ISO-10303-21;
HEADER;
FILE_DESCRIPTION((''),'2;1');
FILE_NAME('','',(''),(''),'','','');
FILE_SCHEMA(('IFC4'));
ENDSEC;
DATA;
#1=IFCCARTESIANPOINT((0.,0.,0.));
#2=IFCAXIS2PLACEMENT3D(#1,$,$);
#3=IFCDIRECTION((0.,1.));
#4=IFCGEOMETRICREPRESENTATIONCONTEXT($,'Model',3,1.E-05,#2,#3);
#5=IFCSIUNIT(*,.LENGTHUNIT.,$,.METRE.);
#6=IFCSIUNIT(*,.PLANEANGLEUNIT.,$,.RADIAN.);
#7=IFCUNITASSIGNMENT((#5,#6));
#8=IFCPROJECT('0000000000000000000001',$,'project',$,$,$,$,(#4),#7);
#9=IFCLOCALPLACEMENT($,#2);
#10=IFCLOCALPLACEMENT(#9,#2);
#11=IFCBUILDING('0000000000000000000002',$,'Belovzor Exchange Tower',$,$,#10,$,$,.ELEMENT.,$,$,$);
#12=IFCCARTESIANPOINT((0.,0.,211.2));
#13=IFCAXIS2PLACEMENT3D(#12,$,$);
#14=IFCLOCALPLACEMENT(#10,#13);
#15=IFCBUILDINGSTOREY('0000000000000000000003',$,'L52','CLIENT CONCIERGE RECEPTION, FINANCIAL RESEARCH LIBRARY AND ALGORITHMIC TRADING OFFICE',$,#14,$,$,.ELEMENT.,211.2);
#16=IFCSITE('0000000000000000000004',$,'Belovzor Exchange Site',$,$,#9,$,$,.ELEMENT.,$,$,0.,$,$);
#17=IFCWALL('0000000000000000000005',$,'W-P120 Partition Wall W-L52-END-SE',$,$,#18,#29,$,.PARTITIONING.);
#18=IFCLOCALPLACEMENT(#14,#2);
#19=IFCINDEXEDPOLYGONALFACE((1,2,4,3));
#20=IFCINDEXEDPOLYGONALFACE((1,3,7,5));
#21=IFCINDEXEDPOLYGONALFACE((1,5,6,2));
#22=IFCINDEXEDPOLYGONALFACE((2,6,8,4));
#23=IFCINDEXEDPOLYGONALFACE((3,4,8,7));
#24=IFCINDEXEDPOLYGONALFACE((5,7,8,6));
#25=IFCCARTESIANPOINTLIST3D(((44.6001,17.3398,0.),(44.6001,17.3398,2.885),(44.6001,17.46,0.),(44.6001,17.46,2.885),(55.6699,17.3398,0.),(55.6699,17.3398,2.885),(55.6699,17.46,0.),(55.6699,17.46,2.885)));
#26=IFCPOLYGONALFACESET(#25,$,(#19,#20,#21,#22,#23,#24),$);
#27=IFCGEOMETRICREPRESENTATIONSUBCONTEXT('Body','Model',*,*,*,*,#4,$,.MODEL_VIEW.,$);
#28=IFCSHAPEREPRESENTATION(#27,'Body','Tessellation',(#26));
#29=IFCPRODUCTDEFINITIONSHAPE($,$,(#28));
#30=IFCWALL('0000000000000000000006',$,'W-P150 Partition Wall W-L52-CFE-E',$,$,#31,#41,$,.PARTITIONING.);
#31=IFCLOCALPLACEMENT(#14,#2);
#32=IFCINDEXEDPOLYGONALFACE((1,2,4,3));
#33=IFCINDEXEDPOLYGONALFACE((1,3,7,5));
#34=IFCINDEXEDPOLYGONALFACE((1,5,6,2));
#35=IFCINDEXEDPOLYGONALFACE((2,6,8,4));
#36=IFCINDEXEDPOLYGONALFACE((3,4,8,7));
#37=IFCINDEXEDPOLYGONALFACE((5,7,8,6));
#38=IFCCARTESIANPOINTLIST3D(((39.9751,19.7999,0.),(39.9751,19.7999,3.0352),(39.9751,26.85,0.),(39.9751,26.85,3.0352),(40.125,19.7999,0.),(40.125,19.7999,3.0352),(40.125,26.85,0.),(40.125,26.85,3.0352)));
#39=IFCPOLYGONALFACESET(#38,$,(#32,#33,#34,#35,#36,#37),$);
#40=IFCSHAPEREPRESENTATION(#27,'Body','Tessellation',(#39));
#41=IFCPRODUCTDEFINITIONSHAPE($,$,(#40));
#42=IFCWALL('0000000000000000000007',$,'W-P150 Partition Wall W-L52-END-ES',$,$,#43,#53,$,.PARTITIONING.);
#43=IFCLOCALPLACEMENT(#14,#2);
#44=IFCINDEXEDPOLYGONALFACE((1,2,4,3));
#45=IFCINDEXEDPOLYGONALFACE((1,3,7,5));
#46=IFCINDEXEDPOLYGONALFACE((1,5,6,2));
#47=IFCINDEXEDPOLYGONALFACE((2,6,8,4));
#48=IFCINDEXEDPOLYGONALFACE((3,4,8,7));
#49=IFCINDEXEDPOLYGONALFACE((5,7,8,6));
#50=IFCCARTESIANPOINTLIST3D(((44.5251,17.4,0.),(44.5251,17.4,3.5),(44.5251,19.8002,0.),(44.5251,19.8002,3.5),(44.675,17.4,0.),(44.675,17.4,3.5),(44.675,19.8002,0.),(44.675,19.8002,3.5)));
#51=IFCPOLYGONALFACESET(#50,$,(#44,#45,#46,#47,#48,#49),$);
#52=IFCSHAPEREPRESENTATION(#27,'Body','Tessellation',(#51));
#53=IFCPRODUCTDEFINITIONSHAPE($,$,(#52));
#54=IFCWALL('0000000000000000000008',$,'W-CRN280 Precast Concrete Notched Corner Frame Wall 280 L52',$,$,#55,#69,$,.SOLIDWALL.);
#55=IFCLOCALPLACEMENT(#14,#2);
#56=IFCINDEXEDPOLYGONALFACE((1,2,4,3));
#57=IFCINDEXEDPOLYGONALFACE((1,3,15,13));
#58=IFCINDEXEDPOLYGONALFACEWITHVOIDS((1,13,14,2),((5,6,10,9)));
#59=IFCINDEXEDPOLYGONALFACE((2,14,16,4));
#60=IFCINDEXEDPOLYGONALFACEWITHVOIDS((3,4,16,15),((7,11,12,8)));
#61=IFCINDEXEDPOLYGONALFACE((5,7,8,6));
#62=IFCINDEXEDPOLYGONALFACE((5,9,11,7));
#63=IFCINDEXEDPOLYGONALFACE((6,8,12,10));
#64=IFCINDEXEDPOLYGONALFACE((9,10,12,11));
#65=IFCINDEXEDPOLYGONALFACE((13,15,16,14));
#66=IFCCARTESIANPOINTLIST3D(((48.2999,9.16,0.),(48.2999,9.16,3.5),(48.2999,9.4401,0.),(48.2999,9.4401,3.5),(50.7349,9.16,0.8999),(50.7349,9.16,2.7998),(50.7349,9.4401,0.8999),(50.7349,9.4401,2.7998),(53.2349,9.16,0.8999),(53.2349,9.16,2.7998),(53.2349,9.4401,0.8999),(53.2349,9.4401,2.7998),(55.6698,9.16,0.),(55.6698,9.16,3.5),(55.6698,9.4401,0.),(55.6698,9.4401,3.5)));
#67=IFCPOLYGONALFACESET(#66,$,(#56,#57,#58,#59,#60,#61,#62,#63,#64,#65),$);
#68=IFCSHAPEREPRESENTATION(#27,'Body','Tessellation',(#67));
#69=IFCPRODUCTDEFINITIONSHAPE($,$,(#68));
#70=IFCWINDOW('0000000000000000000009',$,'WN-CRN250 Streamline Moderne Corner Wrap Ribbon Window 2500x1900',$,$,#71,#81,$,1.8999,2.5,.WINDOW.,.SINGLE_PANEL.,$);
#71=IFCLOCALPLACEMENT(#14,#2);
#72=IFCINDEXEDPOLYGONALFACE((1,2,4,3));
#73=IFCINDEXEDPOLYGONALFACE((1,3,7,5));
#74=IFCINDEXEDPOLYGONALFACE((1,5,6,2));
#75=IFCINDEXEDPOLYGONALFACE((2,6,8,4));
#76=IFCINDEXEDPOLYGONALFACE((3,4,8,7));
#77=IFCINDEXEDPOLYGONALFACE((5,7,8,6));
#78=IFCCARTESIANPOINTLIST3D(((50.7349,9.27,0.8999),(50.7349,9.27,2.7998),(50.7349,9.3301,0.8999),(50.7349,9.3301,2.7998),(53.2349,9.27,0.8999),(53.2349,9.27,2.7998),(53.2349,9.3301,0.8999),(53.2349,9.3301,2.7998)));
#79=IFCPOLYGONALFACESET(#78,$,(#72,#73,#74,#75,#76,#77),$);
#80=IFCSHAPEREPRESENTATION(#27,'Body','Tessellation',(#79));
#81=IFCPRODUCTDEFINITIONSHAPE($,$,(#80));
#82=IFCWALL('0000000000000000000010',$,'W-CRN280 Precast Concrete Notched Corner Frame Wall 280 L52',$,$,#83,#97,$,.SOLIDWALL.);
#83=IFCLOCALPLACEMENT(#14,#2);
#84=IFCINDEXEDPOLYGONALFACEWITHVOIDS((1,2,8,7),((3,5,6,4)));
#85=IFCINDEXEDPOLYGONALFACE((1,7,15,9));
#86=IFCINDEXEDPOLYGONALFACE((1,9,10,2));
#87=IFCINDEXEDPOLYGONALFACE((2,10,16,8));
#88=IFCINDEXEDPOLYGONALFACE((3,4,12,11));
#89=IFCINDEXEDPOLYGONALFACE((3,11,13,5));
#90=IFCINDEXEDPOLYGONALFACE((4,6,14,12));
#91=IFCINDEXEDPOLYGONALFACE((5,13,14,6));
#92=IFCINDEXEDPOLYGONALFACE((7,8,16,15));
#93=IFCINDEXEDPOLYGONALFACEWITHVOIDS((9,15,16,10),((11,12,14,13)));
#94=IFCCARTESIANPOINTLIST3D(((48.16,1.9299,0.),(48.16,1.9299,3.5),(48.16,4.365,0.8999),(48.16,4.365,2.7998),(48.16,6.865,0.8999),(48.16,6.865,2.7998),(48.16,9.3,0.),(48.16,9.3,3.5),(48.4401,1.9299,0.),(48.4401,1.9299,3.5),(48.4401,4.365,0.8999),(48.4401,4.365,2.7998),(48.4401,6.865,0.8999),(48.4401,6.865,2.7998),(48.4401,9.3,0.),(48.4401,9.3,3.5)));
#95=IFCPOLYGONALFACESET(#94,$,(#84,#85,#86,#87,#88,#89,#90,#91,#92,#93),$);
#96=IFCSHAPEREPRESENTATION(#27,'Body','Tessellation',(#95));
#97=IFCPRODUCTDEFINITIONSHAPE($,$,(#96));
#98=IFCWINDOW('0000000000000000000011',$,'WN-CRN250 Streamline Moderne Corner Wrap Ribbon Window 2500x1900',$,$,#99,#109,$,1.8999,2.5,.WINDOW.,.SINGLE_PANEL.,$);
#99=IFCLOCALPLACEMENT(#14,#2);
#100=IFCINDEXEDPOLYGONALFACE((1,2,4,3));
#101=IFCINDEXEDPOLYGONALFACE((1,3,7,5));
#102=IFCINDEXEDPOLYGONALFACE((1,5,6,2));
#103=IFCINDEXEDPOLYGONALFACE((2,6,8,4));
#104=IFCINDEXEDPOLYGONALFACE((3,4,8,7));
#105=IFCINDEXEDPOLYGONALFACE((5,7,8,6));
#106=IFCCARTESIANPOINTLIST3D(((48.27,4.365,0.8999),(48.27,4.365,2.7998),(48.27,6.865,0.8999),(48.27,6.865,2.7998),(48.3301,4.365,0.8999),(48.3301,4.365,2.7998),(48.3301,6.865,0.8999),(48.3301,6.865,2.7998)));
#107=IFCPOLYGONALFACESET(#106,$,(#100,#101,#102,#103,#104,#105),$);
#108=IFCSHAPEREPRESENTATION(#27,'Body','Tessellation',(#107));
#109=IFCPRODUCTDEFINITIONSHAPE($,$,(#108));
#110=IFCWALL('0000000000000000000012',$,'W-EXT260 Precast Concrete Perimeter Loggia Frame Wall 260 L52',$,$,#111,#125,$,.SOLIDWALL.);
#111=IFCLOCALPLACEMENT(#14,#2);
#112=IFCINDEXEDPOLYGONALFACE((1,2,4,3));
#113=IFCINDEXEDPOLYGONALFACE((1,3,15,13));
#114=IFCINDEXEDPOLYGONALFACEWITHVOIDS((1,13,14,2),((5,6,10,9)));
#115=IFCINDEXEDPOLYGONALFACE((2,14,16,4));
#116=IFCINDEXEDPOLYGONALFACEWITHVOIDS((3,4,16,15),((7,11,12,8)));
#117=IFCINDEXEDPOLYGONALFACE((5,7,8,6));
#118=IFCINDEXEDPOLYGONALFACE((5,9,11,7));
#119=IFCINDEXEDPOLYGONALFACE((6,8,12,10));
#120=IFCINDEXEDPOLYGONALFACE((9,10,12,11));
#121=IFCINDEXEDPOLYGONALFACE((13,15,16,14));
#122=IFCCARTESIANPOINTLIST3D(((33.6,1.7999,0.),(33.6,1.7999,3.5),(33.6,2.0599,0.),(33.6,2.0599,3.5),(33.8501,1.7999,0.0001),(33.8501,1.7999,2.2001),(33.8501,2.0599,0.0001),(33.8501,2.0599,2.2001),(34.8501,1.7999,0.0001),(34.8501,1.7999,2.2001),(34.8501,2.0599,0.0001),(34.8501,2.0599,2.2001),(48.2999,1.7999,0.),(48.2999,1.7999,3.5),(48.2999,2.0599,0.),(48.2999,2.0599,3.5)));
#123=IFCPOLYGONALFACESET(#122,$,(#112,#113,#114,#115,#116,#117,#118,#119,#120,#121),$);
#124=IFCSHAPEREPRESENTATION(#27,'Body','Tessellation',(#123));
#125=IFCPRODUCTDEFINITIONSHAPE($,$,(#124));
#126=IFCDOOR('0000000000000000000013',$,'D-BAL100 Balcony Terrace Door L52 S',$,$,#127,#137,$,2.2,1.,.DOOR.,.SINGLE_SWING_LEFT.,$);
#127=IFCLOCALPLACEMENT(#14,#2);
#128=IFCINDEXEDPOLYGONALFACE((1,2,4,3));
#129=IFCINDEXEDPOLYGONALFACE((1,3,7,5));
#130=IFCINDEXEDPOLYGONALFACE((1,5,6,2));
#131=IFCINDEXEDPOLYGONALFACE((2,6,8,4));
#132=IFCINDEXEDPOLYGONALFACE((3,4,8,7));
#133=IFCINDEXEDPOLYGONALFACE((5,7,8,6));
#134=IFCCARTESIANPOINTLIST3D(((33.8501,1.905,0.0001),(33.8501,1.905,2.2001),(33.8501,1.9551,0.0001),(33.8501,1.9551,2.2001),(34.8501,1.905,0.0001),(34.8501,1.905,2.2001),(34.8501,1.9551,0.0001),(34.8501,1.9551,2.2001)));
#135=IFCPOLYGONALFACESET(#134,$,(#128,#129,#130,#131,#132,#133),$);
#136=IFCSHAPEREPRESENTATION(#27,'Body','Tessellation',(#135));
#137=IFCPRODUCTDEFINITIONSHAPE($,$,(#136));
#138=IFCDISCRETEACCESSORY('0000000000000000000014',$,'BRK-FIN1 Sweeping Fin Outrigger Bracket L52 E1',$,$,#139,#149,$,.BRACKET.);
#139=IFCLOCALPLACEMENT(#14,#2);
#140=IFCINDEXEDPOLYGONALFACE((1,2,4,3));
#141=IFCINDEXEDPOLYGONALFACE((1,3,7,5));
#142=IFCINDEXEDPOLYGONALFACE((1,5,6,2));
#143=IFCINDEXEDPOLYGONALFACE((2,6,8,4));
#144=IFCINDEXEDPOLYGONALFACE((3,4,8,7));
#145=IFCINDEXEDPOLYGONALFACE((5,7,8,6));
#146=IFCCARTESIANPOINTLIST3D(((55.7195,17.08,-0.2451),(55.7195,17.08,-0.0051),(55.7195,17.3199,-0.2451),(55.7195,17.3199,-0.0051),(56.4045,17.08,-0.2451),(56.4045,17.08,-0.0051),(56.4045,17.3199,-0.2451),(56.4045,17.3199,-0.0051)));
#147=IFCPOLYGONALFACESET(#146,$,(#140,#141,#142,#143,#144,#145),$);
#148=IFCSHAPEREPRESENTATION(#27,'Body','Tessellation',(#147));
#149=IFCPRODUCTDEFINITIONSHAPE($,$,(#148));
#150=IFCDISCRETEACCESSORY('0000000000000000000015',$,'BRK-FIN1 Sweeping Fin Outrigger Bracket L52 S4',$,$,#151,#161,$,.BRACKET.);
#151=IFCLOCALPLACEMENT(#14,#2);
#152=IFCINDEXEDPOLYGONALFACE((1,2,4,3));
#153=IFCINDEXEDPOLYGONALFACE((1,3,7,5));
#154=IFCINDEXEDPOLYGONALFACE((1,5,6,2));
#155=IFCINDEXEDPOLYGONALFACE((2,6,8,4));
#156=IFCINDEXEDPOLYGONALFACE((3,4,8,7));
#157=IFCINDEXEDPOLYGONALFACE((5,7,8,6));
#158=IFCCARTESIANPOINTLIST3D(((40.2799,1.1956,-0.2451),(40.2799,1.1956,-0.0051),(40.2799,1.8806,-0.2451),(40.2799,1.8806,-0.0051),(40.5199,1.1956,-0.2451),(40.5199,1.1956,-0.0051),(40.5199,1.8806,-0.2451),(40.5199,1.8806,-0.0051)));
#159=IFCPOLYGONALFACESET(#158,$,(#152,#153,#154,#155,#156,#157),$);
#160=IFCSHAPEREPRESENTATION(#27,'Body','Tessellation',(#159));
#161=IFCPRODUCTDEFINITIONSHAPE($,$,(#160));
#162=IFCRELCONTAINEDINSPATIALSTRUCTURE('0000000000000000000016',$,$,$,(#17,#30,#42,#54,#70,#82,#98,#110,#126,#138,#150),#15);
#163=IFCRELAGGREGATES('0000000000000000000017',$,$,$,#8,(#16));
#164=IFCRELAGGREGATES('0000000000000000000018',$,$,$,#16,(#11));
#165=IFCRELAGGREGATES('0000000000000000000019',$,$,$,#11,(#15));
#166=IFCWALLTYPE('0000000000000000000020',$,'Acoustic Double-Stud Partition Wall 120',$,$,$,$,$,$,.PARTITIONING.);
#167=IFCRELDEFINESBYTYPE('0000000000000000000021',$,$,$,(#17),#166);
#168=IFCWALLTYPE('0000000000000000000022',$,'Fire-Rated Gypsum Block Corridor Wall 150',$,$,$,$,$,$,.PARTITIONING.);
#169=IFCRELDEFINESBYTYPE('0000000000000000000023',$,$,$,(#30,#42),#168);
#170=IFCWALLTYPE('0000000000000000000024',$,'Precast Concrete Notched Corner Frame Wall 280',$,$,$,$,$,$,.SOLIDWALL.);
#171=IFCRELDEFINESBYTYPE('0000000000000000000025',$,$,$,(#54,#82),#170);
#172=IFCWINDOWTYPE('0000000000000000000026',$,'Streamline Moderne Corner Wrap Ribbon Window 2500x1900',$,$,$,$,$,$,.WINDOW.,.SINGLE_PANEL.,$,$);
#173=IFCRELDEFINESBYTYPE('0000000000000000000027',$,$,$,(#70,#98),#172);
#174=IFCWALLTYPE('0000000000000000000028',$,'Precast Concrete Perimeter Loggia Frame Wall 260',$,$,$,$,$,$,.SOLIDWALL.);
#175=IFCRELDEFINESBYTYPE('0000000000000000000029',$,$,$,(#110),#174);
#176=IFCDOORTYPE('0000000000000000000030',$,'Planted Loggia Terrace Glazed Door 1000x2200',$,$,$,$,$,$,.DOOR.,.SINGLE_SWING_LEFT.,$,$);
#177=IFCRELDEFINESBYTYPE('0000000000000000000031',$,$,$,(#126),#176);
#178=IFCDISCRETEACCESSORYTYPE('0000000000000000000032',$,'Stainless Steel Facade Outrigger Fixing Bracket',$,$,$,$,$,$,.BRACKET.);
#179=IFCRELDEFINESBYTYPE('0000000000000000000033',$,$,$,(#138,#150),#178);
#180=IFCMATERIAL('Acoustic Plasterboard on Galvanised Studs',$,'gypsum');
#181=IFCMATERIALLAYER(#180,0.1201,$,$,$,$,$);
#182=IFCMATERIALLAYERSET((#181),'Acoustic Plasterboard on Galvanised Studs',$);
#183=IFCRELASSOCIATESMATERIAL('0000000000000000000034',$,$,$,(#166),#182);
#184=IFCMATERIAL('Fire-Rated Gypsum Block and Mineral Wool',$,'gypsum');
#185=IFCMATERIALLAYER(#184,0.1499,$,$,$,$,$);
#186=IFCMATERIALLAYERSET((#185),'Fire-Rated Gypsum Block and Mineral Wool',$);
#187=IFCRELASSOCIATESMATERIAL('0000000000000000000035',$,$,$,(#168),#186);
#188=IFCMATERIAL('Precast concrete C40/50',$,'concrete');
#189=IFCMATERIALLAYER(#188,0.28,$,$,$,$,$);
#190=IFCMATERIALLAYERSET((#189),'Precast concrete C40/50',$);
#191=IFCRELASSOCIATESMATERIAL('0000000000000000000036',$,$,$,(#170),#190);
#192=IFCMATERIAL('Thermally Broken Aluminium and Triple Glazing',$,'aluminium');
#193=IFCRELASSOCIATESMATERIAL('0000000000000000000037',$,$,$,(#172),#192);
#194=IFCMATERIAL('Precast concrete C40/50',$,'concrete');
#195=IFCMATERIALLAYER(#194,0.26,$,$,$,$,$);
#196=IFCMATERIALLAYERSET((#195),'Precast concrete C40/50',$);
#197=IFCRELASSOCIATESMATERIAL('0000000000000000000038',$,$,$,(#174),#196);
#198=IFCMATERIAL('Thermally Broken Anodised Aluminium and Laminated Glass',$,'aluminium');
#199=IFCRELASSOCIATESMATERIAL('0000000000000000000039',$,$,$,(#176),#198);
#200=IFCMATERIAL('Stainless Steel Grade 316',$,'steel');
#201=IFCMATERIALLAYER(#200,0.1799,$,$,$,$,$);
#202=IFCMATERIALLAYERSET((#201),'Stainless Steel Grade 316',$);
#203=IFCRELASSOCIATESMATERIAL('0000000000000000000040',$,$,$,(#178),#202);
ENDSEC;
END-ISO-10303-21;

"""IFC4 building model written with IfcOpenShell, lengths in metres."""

from ifc_helpers import new_model, si_unit, direction, frame, frame_2d, origin, origin_2d, place, context, subcontext, project, spatial, rectangle, extrude, material, layer, layer_set, type_object, element, fill, save


model = new_model("IFC4")

# Units and contexts
model_context = context("Model", 3, precision=1e-05, world=origin(), true_north=direction((0.0, 1.0)))
body_context = subcontext(model_context, "Body", "Model", "MODEL_VIEW")
ifc_project = project(units=[si_unit("LENGTHUNIT", "METRE"), si_unit("PLANEANGLEUNIT", "RADIAN")], contexts=[model_context])

# Site, building, storey
site_placement = place(None, origin())
site = spatial("IfcSite", under=ifc_project, at=site_placement, Name="Belovzor Exchange Site", CompositionType="ELEMENT", RefElevation=0.0)
building_placement = place(site_placement, origin())
building = spatial("IfcBuilding", under=site, at=building_placement, Name="Belovzor Exchange Tower", CompositionType="ELEMENT")
storey_placement = place(building_placement, frame((0.0, 0.0, 211.2)))
storey = spatial("IfcBuildingStorey", under=building, at=storey_placement, Name="L52", Description="CLIENT CONCIERGE RECEPTION, FINANCIAL RESEARCH LIBRARY AND ALGORITHMIC TRADING OFFICE", CompositionType="ELEMENT", Elevation=211.2)

# Walls
ifc_material_1 = material(Name="Acoustic Plasterboard on Galvanised Studs", Category="gypsum")
ifc_layer_1 = layer(ifc_material_1, 0.1201)
ifc_layer_set_1 = layer_set([ifc_layer_1], Name="Acoustic Plasterboard on Galvanised Studs")
wall_type_1 = type_object("IfcWallType", Name="Acoustic Double-Stud Partition Wall 120", PredefinedType="PARTITIONING", material=ifc_layer_set_1)
wall_1_placement = place(storey_placement, frame((44.6001, 17.3999, 0.0), z_axis=(0.0, 0.0, 1.0), x_axis=(1.0, 0.0, 0.0)))
element("IfcWall", 1, at=wall_1_placement, inside=storey, type_object=wall_type_1, Name="W-P120 Partition Wall W-L52-END-SE", PredefinedType="PARTITIONING", context=body_context, shape_type="SweptSolid", body=[
    extrude(rectangle(XDim=11.0698, YDim=0.1201, at=frame_2d((5.5349, 0.0))), origin(), (0.0, 0.0, 1.0), 2.885),
])
ifc_material_2 = material(Name="Fire-Rated Gypsum Block and Mineral Wool", Category="gypsum")
ifc_layer_2 = layer(ifc_material_2, 0.1499)
ifc_layer_set_2 = layer_set([ifc_layer_2], Name="Fire-Rated Gypsum Block and Mineral Wool")
wall_type_2 = type_object("IfcWallType", Name="Fire-Rated Gypsum Block Corridor Wall 150", PredefinedType="PARTITIONING", material=ifc_layer_set_2)
wall_2_placement = place(storey_placement, frame((40.05, 19.8, 0.0), z_axis=(0.0, 0.0, 1.0), x_axis=(0.0, 1.0, 0.0)))
element("IfcWall", 2, at=wall_2_placement, inside=storey, type_object=wall_type_2, Name="W-P150 Partition Wall W-L52-CFE-E", PredefinedType="PARTITIONING", context=body_context, shape_type="SweptSolid", body=[
    extrude(rectangle(XDim=7.05, YDim=0.1499, at=frame_2d((3.5249, 0.0))), origin(), (0.0, 0.0, 1.0), 3.0352),
])
wall_3_placement = place(storey_placement, frame((44.6001, 17.3999, 0.0), z_axis=(0.0, 0.0, 1.0), x_axis=(0.0, 1.0, 0.0)))
element("IfcWall", 3, at=wall_3_placement, inside=storey, type_object=wall_type_2, Name="W-P150 Partition Wall W-L52-END-ES", PredefinedType="PARTITIONING", context=body_context, shape_type="SweptSolid", body=[
    extrude(rectangle(XDim=2.4001, YDim=0.1499, at=frame_2d((1.2002, 0.0))), origin(), (0.0, 0.0, 1.0), 3.5),
])

# Walls, openings, windows
ifc_material_3 = material(Name="Precast concrete C40/50", Category="concrete")
ifc_layer_3 = layer(ifc_material_3, 0.28)
ifc_layer_set_3 = layer_set([ifc_layer_3], Name="Precast concrete C40/50")
wall_type_3 = type_object("IfcWallType", Name="Precast Concrete Notched Corner Frame Wall 280", PredefinedType="SOLIDWALL", material=ifc_layer_set_3)
wall_4_placement = place(storey_placement, frame((55.6699, 9.3, 0.0), z_axis=(0.0, 0.0, 1.0), x_axis=(-1.0, 0.0, 0.0)))
wall_4 = element("IfcWall", 4, at=wall_4_placement, inside=storey, type_object=wall_type_3, Name="W-CRN280 Precast Concrete Notched Corner Frame Wall 280 L52", PredefinedType="SOLIDWALL", context=body_context, shape_type="SweptSolid", body=[
    extrude(rectangle(XDim=7.3699, YDim=0.28, at=frame_2d((3.6851, 0.0))), origin(), (0.0, 0.0, 1.0), 3.5),
])
opening_1_placement = place(wall_4_placement, frame((2.4351, 0.0, 0.8999)))
opening_1 = element("IfcOpeningElement", 5, at=opening_1_placement, cuts=wall_4, PredefinedType="OPENING", context=body_context, shape_type="SweptSolid", body=[
    extrude(rectangle(XDim=2.5, YDim=1.8999, at=frame_2d((1.25, 0.95))), frame((0.0, 0.1499, 0.0), z_axis=(0.0, -1.0, 0.0), x_axis=(1.0, 0.0, 0.0)), (0.0, 0.0, 1.0), 0.3),
])
ifc_material_4 = material(Name="Thermally Broken Aluminium and Triple Glazing", Category="aluminium")
window_type = type_object("IfcWindowType", Name="Streamline Moderne Corner Wrap Ribbon Window 2500x1900", PartitioningType="SINGLE_PANEL", PredefinedType="WINDOW", material=ifc_material_4)
window_1_placement = place(opening_1_placement, origin())
window_1 = element("IfcWindow", 6, at=window_1_placement, inside=storey, type_object=window_type, Name="WN-CRN250 Streamline Moderne Corner Wrap Ribbon Window 2500x1900", OverallHeight=1.8999, OverallWidth=2.5, PartitioningType="SINGLE_PANEL", PredefinedType="WINDOW", context=body_context, shape_type="SweptSolid", body=[
    extrude(rectangle(XDim=2.5, YDim=1.8999, at=frame_2d((1.25, 0.95))), frame((0.0, 0.03, 0.0), z_axis=(0.0, -1.0, 0.0), x_axis=(1.0, 0.0, 0.0)), (0.0, 0.0, 1.0), 0.0601),
])
fill(opening_1, window_1)
wall_5_placement = place(storey_placement, frame((48.3, 9.3, 0.0), z_axis=(0.0, 0.0, 1.0), x_axis=(0.0, -1.0, 0.0)))
wall_5 = element("IfcWall", 7, at=wall_5_placement, inside=storey, type_object=wall_type_3, Name="W-CRN280 Precast Concrete Notched Corner Frame Wall 280 L52", PredefinedType="SOLIDWALL", context=body_context, shape_type="SweptSolid", body=[
    extrude(rectangle(XDim=7.3701, YDim=0.28, at=frame_2d((3.6851, 0.0))), origin(), (0.0, 0.0, 1.0), 3.5),
])
opening_2_placement = place(wall_5_placement, frame((2.4351, 0.0, 0.8999)))
opening_2 = element("IfcOpeningElement", 8, at=opening_2_placement, cuts=wall_5, PredefinedType="OPENING", context=body_context, shape_type="SweptSolid", body=[
    extrude(rectangle(XDim=2.5, YDim=1.8999, at=frame_2d((1.25, 0.95))), frame((0.0, 0.1499, 0.0), z_axis=(0.0, -1.0, 0.0), x_axis=(1.0, 0.0, 0.0)), (0.0, 0.0, 1.0), 0.3),
])
window_2_placement = place(opening_2_placement, origin())
window_2 = element("IfcWindow", 9, at=window_2_placement, inside=storey, type_object=window_type, Name="WN-CRN250 Streamline Moderne Corner Wrap Ribbon Window 2500x1900", OverallHeight=1.8999, OverallWidth=2.5, PartitioningType="SINGLE_PANEL", PredefinedType="WINDOW", context=body_context, shape_type="SweptSolid", body=[
    extrude(rectangle(XDim=2.5, YDim=1.8999, at=frame_2d((1.25, 0.95))), frame((0.0, 0.03, 0.0), z_axis=(0.0, -1.0, 0.0), x_axis=(1.0, 0.0, 0.0)), (0.0, 0.0, 1.0), 0.0601),
])
fill(opening_2, window_2)

# Wall, opening, door
ifc_material_5 = material(Name="Precast concrete C40/50", Category="concrete")
ifc_layer_4 = layer(ifc_material_5, 0.26)
ifc_layer_set_4 = layer_set([ifc_layer_4], Name="Precast concrete C40/50")
wall_type_4 = type_object("IfcWallType", Name="Precast Concrete Perimeter Loggia Frame Wall 260", PredefinedType="SOLIDWALL", material=ifc_layer_set_4)
wall_6_placement = place(storey_placement, frame((48.3, 1.9299, 0.0), z_axis=(0.0, 0.0, 1.0), x_axis=(-1.0, 0.0, 0.0)))
wall_6 = element("IfcWall", 10, at=wall_6_placement, inside=storey, type_object=wall_type_4, Name="W-EXT260 Precast Concrete Perimeter Loggia Frame Wall 260 L52", PredefinedType="SOLIDWALL", context=body_context, shape_type="SweptSolid", body=[
    extrude(rectangle(XDim=14.7, YDim=0.26, at=frame_2d((7.3501, 0.0))), origin(), (0.0, 0.0, 1.0), 3.5),
])
opening_3_placement = place(wall_6_placement, frame((13.45, 0.0, 0.0)))
opening_3 = element("IfcOpeningElement", 11, at=opening_3_placement, cuts=wall_6, PredefinedType="OPENING", context=body_context, shape_type="SweptSolid", body=[
    extrude(rectangle(XDim=1.0, YDim=2.2, at=frame_2d((0.5, 1.1001))), frame((0.0, 0.1399, 0.0), z_axis=(0.0, -1.0, 0.0), x_axis=(1.0, 0.0, 0.0)), (0.0, 0.0, 1.0), 0.28),
])
ifc_material_6 = material(Name="Thermally Broken Anodised Aluminium and Laminated Glass", Category="aluminium")
door_type = type_object("IfcDoorType", Name="Planted Loggia Terrace Glazed Door 1000x2200", OperationType="SINGLE_SWING_LEFT", PredefinedType="DOOR", material=ifc_material_6)
door_placement = place(opening_3_placement, origin())
door = element("IfcDoor", 12, at=door_placement, inside=storey, type_object=door_type, Name="D-BAL100 Balcony Terrace Door L52 S", OperationType="SINGLE_SWING_LEFT", OverallHeight=2.2, OverallWidth=1.0, PredefinedType="DOOR", context=body_context, shape_type="SweptSolid", body=[
    extrude(rectangle(XDim=1.0, YDim=2.2, at=frame_2d((0.5, 1.1001))), frame((0.0, 0.0249, 0.0), z_axis=(0.0, -1.0, 0.0), x_axis=(1.0, 0.0, 0.0)), (0.0, 0.0, 1.0), 0.05),
])
fill(opening_3, door)

# Discrete accessories
ifc_material_7 = material(Name="Stainless Steel Grade 316", Category="steel")
ifc_layer_5 = layer(ifc_material_7, 0.1799)
ifc_layer_set_5 = layer_set([ifc_layer_5], Name="Stainless Steel Grade 316")
discrete_accessory_type = type_object("IfcDiscreteAccessoryType", Name="Stainless Steel Facade Outrigger Fixing Bracket", PredefinedType="BRACKET", material=ifc_layer_set_5)
for number, where, z_axis, x_axis, name in (
    (13, (56.062, 17.2, -0.2451), (0.0, 0.0, 1.0), (1.0, 0.0, 0.0), "BRK-FIN1 Sweeping Fin Outrigger Bracket L52 E1"),
    (14, (40.3999, 1.5381, -0.2451), (0.0, 0.0, 1.0), (0.0, 1.0, 0.0), "BRK-FIN1 Sweeping Fin Outrigger Bracket L52 S4"),
):
    element("IfcDiscreteAccessory", number, at=place(storey_placement, frame(where, z_axis=z_axis, x_axis=x_axis)), inside=storey, type_object=discrete_accessory_type, Name=name, PredefinedType="BRACKET", context=body_context, shape_type="SweptSolid", body=[
        extrude(rectangle(XDim=0.6851, YDim=0.24, at=origin_2d()), origin(), (0.0, 0.0, 1.0), 0.24),
    ])

save(model, "model.ifc")
